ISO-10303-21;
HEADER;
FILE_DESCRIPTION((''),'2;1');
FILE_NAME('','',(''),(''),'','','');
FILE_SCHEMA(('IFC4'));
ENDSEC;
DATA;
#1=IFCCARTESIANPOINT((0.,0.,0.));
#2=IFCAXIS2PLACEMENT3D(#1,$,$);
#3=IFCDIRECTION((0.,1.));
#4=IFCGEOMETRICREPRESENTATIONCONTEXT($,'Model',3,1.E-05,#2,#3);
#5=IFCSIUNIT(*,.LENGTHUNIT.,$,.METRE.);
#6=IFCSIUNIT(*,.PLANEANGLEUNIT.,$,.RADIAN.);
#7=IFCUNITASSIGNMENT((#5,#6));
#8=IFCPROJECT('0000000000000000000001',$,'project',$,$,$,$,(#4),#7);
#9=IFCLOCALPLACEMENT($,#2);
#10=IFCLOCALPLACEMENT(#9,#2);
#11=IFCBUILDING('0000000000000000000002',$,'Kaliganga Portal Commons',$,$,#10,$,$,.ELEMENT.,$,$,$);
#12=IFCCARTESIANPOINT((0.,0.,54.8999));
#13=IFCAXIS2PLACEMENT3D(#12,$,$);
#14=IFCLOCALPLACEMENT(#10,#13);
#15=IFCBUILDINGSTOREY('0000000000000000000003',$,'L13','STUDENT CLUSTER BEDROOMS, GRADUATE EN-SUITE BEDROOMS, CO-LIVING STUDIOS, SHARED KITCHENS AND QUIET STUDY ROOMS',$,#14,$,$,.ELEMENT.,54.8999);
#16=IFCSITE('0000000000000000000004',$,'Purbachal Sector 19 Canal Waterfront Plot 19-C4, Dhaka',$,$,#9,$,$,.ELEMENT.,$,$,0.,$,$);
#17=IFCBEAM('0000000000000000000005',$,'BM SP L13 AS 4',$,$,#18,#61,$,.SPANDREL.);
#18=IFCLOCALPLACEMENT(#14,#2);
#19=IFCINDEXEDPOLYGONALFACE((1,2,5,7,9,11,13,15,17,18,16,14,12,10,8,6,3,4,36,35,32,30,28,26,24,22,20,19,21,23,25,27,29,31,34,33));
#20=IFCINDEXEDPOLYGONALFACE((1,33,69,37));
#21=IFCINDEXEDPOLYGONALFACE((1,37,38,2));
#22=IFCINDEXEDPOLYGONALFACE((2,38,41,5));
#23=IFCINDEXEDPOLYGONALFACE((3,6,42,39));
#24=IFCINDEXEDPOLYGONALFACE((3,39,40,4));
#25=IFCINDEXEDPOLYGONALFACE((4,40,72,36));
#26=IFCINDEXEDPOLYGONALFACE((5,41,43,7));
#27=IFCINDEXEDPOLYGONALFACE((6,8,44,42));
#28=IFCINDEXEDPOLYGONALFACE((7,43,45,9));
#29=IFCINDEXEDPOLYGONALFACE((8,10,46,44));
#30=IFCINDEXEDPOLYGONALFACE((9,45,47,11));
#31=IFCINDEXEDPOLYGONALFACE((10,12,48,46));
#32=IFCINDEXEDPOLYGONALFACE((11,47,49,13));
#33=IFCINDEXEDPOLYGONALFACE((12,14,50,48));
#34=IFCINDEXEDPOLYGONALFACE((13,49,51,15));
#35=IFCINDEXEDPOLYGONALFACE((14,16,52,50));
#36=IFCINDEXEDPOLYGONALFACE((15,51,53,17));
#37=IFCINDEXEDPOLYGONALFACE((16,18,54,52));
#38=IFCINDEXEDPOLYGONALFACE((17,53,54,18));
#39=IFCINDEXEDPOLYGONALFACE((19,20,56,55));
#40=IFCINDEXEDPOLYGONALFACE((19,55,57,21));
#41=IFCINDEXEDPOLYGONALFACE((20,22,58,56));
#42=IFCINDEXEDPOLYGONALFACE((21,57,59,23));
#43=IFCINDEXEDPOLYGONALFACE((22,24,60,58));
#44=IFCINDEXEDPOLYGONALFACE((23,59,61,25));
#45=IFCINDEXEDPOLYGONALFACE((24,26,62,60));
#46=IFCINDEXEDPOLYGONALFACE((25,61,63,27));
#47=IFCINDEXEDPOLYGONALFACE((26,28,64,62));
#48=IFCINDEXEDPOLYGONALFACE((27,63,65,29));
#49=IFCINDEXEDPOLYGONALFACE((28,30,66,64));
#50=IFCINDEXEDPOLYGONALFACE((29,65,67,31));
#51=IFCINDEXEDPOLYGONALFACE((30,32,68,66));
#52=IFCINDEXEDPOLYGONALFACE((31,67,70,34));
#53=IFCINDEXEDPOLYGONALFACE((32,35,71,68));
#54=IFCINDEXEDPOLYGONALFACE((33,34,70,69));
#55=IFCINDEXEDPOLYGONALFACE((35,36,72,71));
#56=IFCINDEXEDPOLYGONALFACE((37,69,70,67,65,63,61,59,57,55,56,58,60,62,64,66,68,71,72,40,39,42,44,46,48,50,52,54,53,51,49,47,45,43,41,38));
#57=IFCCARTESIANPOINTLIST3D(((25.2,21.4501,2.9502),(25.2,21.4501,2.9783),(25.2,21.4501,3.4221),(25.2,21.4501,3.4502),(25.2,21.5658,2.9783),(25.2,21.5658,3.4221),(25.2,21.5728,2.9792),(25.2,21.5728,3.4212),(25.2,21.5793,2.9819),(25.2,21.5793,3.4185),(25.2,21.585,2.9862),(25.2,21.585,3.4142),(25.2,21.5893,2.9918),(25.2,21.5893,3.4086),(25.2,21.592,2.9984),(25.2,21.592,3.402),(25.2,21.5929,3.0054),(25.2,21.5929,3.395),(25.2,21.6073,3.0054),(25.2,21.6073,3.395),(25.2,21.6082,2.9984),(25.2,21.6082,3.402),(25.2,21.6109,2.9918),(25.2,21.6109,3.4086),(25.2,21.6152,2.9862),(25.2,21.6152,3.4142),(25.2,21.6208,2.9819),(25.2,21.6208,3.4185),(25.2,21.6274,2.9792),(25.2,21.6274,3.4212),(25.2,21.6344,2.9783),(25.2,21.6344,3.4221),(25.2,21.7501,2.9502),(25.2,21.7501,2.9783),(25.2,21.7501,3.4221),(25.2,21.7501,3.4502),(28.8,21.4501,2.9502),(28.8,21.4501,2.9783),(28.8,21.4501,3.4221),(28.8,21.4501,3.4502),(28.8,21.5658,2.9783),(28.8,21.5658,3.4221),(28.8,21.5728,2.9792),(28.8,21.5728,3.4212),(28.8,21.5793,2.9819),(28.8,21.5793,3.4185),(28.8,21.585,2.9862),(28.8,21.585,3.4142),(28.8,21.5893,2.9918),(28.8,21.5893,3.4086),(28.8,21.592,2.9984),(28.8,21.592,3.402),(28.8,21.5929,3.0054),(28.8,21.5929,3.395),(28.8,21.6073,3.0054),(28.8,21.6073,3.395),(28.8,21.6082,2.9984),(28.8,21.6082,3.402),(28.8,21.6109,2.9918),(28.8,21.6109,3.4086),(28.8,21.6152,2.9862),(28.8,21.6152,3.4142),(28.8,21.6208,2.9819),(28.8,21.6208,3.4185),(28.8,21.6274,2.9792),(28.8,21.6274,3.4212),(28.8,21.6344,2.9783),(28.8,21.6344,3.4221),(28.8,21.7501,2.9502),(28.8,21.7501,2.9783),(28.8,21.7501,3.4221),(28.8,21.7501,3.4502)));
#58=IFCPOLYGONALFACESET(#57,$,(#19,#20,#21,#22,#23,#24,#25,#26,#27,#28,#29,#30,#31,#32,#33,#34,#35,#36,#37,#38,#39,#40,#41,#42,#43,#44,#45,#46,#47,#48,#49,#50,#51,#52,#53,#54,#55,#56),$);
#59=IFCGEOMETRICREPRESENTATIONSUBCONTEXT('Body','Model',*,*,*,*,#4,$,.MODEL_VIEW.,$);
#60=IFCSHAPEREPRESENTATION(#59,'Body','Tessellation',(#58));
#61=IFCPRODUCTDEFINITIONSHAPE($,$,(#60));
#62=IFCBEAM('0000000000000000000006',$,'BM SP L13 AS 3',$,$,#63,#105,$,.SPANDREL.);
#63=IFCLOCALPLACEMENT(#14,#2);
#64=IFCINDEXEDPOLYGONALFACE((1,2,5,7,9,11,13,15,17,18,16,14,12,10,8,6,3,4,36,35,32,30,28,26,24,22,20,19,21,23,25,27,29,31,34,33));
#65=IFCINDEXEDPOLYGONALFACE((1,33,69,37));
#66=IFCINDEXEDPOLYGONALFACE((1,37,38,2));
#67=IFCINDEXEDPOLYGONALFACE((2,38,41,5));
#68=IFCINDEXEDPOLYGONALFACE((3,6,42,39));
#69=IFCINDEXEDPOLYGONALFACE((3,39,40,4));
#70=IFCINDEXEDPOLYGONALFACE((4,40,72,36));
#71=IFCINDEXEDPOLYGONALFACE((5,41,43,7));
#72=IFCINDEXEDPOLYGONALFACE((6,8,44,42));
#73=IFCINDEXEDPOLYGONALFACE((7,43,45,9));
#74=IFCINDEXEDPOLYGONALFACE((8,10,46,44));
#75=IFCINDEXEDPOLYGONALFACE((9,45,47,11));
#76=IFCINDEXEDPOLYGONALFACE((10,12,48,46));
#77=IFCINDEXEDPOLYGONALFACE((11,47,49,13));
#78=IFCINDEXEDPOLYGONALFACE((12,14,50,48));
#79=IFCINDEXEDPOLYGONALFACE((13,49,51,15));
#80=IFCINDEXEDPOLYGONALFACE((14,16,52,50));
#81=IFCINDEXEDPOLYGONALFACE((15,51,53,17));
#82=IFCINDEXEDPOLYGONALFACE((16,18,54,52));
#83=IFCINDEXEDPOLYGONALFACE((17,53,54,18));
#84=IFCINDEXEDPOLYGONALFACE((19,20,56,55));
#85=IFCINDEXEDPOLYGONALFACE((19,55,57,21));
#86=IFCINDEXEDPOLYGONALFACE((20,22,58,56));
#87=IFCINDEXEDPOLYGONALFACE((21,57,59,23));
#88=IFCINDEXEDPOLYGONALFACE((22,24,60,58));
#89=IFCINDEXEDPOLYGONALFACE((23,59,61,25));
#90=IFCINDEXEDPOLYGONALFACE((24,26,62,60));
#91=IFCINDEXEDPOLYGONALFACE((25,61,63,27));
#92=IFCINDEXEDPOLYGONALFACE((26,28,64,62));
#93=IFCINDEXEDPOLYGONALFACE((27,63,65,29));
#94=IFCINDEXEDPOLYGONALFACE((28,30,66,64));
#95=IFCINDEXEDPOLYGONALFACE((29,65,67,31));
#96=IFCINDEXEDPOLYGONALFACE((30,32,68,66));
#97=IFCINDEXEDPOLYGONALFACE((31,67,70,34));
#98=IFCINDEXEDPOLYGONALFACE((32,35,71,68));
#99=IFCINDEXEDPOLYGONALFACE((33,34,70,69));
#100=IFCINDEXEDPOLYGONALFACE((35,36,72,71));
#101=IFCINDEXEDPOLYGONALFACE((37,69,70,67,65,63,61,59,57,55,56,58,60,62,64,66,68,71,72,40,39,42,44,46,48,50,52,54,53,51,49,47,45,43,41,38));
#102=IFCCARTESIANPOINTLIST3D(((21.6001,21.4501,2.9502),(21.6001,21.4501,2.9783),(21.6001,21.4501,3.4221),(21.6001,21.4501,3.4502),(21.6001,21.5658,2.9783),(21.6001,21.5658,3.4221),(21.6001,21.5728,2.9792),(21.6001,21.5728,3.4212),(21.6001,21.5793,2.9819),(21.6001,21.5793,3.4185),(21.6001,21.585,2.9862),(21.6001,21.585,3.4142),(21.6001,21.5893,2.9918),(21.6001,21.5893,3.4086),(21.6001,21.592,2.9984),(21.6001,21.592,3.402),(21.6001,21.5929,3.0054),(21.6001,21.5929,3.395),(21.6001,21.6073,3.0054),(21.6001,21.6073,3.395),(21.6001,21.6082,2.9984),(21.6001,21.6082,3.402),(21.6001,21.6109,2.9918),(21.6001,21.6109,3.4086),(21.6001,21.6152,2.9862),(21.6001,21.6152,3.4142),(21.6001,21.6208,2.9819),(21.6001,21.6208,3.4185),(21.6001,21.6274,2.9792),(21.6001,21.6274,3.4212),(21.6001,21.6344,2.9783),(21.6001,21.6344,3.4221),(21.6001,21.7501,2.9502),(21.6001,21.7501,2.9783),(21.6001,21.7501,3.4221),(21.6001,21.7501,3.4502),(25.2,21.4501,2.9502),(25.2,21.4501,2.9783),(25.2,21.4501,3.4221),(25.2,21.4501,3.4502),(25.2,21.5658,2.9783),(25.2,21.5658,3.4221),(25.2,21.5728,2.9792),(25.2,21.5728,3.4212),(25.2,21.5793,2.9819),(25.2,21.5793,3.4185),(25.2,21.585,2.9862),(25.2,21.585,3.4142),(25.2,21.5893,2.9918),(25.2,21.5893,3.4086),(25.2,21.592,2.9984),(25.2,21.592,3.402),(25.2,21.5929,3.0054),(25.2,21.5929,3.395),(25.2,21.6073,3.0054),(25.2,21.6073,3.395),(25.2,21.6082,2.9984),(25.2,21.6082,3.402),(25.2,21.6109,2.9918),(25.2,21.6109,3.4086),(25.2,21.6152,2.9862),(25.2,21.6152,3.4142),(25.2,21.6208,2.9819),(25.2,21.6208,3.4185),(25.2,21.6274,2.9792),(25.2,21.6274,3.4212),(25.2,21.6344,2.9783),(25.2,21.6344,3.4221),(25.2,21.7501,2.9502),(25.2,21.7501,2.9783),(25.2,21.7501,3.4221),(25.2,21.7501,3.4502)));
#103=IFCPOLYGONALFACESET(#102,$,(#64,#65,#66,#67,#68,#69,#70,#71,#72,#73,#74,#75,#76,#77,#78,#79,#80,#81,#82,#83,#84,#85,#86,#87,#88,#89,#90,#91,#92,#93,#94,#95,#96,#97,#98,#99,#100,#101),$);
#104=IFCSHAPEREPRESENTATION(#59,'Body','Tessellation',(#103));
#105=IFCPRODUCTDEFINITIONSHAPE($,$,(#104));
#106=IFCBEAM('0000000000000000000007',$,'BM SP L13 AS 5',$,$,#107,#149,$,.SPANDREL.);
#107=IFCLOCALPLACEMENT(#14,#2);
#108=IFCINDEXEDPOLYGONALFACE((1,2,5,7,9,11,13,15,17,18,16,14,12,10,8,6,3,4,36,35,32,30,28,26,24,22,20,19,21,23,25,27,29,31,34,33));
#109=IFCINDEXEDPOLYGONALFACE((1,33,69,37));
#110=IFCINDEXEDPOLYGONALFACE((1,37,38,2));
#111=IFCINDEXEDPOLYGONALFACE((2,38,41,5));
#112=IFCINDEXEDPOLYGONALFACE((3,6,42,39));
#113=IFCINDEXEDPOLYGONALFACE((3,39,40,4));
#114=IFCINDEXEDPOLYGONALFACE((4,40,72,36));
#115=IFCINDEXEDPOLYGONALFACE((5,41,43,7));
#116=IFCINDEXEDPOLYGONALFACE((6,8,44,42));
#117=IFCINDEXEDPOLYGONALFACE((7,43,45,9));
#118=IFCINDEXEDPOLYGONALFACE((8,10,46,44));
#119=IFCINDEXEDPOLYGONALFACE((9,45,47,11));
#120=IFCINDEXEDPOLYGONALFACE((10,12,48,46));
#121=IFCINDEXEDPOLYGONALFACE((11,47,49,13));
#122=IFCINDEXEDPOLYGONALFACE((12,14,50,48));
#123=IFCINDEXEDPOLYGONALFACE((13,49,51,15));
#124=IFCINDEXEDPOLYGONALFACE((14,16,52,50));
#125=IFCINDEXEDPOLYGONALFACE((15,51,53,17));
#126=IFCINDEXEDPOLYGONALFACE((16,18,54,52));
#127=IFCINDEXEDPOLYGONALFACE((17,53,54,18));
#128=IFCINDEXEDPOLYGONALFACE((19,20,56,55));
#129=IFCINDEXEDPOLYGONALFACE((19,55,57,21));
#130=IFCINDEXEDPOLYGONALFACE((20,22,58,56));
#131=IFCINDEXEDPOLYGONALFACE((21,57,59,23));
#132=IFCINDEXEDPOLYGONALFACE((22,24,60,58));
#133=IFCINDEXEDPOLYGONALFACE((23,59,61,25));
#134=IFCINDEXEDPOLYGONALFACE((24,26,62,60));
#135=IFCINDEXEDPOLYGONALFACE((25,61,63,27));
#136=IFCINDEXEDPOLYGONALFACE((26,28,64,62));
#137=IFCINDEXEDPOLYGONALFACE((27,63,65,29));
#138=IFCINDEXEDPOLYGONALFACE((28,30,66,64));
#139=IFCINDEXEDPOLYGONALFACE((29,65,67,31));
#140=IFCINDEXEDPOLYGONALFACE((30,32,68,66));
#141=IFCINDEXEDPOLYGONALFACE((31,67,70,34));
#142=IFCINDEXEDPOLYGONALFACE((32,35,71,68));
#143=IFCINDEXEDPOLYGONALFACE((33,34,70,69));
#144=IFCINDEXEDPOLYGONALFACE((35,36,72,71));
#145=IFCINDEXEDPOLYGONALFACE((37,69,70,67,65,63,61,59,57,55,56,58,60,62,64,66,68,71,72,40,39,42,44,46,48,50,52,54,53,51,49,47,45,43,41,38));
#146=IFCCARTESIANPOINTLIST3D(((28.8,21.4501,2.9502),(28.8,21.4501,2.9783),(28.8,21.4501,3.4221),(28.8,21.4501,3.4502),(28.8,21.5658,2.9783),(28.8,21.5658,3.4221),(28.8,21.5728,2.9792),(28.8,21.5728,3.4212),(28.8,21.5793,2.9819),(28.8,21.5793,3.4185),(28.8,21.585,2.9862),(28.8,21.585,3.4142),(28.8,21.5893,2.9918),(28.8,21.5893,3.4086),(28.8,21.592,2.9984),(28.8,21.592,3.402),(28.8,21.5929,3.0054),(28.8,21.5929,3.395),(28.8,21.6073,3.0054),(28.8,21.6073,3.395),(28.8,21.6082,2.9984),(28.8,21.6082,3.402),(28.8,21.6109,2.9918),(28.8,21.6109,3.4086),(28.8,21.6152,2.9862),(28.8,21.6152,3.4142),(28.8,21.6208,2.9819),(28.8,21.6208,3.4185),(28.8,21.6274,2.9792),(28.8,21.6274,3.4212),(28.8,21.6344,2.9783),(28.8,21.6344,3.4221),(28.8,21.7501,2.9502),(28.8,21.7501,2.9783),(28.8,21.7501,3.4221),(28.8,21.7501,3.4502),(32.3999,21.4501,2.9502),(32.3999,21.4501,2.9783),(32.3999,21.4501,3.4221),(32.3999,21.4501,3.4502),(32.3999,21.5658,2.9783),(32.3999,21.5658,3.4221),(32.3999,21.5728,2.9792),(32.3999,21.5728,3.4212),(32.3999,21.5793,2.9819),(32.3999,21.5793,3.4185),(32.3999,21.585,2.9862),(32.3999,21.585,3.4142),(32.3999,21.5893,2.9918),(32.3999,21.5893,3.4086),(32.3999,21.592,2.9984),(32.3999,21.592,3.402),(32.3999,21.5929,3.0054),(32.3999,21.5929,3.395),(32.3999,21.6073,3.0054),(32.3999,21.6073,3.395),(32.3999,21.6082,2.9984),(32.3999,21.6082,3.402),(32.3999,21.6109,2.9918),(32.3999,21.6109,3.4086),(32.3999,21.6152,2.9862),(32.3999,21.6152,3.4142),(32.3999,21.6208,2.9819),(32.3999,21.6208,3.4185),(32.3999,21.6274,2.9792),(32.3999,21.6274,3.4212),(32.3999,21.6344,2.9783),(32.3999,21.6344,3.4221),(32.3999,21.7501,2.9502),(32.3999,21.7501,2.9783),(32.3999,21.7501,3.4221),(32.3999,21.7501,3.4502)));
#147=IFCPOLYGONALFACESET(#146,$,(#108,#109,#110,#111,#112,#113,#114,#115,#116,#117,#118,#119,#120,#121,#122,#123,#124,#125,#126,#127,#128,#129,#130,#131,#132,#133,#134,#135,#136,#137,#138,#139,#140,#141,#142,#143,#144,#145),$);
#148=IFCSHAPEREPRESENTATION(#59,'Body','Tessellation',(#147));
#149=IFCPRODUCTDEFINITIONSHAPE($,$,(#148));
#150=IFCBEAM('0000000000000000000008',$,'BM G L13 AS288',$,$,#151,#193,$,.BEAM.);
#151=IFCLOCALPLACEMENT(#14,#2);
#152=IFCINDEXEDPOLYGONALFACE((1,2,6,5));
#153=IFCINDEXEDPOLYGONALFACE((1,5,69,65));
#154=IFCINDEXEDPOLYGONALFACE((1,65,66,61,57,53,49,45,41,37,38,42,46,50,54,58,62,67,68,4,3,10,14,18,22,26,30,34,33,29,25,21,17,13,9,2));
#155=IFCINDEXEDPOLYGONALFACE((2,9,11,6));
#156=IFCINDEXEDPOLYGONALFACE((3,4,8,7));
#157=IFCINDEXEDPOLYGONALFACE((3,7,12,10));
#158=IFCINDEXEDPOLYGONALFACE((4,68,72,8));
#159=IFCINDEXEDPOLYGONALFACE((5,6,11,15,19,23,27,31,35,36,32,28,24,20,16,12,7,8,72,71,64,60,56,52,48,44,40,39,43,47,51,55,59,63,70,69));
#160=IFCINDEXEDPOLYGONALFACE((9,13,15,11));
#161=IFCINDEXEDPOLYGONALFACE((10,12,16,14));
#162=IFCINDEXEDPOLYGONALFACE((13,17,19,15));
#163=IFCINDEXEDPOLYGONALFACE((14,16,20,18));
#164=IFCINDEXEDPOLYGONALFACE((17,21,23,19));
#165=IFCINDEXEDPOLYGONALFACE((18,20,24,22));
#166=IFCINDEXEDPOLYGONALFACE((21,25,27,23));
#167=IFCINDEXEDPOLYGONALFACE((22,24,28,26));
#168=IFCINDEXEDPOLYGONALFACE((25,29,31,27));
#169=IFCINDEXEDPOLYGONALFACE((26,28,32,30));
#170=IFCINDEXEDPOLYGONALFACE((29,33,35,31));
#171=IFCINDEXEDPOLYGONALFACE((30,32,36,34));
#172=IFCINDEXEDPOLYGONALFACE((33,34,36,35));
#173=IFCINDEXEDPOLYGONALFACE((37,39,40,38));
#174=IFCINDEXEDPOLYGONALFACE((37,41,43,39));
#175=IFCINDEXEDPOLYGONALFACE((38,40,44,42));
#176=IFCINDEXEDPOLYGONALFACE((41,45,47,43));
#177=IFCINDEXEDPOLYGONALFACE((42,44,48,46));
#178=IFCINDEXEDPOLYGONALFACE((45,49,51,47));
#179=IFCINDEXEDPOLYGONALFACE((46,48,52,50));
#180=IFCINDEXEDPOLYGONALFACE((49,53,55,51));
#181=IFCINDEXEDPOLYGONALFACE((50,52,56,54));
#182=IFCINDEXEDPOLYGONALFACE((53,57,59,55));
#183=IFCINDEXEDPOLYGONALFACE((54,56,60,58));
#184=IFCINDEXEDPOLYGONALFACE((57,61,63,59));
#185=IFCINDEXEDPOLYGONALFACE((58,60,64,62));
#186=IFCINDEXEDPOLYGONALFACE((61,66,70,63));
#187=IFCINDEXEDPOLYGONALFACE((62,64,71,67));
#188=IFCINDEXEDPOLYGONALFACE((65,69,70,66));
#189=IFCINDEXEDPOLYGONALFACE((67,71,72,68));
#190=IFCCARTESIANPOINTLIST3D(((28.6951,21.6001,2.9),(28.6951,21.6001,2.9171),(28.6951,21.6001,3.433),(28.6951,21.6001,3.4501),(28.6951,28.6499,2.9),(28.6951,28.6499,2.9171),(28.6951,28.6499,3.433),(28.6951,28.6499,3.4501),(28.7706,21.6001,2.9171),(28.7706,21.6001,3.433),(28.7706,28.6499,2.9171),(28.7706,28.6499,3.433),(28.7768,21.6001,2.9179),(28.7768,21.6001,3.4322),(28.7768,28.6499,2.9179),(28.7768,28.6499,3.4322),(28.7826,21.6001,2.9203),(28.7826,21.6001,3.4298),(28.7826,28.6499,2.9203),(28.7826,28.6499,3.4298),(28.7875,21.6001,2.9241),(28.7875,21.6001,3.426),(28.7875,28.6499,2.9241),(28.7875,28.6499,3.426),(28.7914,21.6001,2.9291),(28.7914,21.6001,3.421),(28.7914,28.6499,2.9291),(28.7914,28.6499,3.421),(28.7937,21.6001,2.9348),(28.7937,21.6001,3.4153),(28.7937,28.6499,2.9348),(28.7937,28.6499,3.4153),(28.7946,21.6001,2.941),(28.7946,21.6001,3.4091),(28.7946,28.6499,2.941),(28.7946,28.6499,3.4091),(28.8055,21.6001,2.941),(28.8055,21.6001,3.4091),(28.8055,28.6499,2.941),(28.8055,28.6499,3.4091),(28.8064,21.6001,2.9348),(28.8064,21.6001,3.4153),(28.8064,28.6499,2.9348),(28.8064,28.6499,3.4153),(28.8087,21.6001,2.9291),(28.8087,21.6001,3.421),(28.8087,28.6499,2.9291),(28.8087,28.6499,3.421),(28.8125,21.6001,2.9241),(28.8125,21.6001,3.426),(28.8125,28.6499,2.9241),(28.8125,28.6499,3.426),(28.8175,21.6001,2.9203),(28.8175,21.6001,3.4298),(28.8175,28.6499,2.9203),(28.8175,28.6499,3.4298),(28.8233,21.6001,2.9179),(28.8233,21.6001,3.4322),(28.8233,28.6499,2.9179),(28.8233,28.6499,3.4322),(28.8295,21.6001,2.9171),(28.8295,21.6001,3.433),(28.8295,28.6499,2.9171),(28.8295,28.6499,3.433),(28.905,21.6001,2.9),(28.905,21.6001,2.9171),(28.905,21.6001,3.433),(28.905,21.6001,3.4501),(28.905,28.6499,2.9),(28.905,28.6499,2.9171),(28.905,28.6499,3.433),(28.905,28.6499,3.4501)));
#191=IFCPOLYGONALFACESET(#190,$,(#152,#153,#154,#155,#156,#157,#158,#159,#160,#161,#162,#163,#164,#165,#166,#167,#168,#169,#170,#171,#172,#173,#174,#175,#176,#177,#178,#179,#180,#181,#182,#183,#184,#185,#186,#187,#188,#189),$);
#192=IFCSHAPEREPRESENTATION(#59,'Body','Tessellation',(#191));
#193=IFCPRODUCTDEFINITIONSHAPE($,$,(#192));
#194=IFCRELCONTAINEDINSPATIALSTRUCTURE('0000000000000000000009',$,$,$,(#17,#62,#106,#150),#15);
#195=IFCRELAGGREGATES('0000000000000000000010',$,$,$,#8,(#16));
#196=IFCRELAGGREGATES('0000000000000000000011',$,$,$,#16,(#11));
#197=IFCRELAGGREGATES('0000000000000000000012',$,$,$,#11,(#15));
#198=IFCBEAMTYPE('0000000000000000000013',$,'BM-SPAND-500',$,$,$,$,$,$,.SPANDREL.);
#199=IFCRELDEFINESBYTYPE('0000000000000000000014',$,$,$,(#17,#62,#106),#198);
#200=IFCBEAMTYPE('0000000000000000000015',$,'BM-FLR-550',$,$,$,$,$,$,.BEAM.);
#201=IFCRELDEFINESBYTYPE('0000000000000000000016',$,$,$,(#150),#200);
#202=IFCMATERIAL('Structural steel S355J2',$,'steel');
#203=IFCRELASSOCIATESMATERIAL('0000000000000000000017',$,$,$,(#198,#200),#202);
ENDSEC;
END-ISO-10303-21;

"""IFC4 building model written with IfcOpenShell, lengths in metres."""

from ifc_helpers import new_model, si_unit, direction, frame, origin, origin_2d, place, context, subcontext, project, spatial, i_section, extrude, source, transform, mapped, material, material_profile, profile_set, type_object, element, save


model = new_model("IFC4")

# Units and contexts
model_context = context("Model", 3, precision=1e-05, world=origin(), true_north=direction((0.0, 1.0)))
body_context = subcontext(model_context, "Body", "Model", "MODEL_VIEW")
ifc_project = project(units=[si_unit("LENGTHUNIT", "METRE"), si_unit("PLANEANGLEUNIT", "RADIAN")], contexts=[model_context])

# Site, building, storey
site_placement = place(None, origin())
site = spatial("IfcSite", under=ifc_project, at=site_placement, Name="Purbachal Sector 19 Canal Waterfront Plot 19-C4, Dhaka", CompositionType="ELEMENT", RefElevation=0.0)
building_placement = place(site_placement, origin())
building = spatial("IfcBuilding", under=site, at=building_placement, Name="Kaliganga Portal Commons", CompositionType="ELEMENT")
storey_placement = place(building_placement, frame((0.0, 0.0, 54.8999)))
storey = spatial("IfcBuildingStorey", under=building, at=storey_placement, Name="L13", Description="STUDENT CLUSTER BEDROOMS, GRADUATE EN-SUITE BEDROOMS, CO-LIVING STUDIOS, SHARED KITCHENS AND QUIET STUDY ROOMS", CompositionType="ELEMENT", Elevation=54.8999)

# Beams
ifc_material_1 = material(Name="Structural steel S355J2", Category="steel")
ifc_material_profile_1 = material_profile(ifc_material_1, i_section(OverallWidth=0.3, OverallDepth=0.5, WebThickness=0.0144, FlangeThickness=0.0281, FilletRadius=0.0271, at=origin_2d()), Name="HE 500 B")
ifc_profile_set_1 = profile_set([ifc_material_profile_1], Name="Structural steel S355J2 wide-flange")
beam_type_1 = type_object("IfcBeamType", Name="BM-SPAND-500", PredefinedType="SPANDREL", material=ifc_profile_set_1)
shared_shape_1 = source(origin(), body_context, "Body", "SweptSolid", [
    extrude(i_section(OverallWidth=0.3, OverallDepth=0.5, WebThickness=0.0144, FlangeThickness=0.0281, FilletRadius=0.0271, at=origin_2d()), origin(), (0.0, 0.0, 1.0), 3.6001),
])
for number, where, z_axis, x_axis, name in (
    (1, (25.2, 21.6001, 3.2002), (1.0, 0.0, 0.0), (0.0, 1.0, 0.0), "BM SP L13 AS 4"),
):
    element("IfcBeam", number, at=place(storey_placement, frame(where, z_axis=z_axis, x_axis=x_axis)), inside=storey, type_object=beam_type_1, Name=name, PredefinedType="SPANDREL", context=body_context, shape_type="MappedRepresentation", body=[
        mapped(shared_shape_1, transform((0.0, 0.0, 0.0), x_axis=(1.0, 0.0, 0.0), y_axis=(0.0, 1.0, 0.0), z_axis=(0.0, 0.0, 1.0), scale=1.0)),
    ])
shared_shape_2 = source(origin(), body_context, "Body", "SweptSolid", [
    extrude(i_section(OverallWidth=0.3, OverallDepth=0.5, WebThickness=0.0144, FlangeThickness=0.0281, FilletRadius=0.0271, at=origin_2d()), origin(), (0.0, 0.0, 1.0), 3.5999),
])
for number, where, z_axis, x_axis, name in (
    (2, (21.6001, 21.6001, 3.2002), (1.0, 0.0, 0.0), (0.0, 1.0, 0.0), "BM SP L13 AS 3"),
    (3, (28.8, 21.6001, 3.2002), (1.0, 0.0, 0.0), (0.0, 1.0, 0.0), "BM SP L13 AS 5"),
):
    element("IfcBeam", number, at=place(storey_placement, frame(where, z_axis=z_axis, x_axis=x_axis)), inside=storey, type_object=beam_type_1, Name=name, PredefinedType="SPANDREL", context=body_context, shape_type="MappedRepresentation", body=[
        mapped(shared_shape_2, transform((0.0, 0.0, 0.0), x_axis=(1.0, 0.0, 0.0), y_axis=(0.0, 1.0, 0.0), z_axis=(0.0, 0.0, 1.0), scale=1.0)),
    ])
ifc_material_profile_2 = material_profile(ifc_material_1, i_section(OverallWidth=0.21, OverallDepth=0.55, WebThickness=0.011, FlangeThickness=0.0171, FilletRadius=0.0239, at=origin_2d()), Name="IPE 550")
ifc_profile_set_2 = profile_set([ifc_material_profile_2], Name="Structural steel S355J2 wide-flange")
beam_type_2 = type_object("IfcBeamType", Name="BM-FLR-550", PredefinedType="BEAM", material=ifc_profile_set_2)
shared_shape_3 = source(origin(), body_context, "Body", "SweptSolid", [
    extrude(i_section(OverallWidth=0.21, OverallDepth=0.55, WebThickness=0.011, FlangeThickness=0.0171, FilletRadius=0.0239, at=origin_2d()), origin(), (0.0, 0.0, 1.0), 7.0498),
])
beam_1_placement = place(storey_placement, frame((28.8, 21.6001, 3.175), z_axis=(0.0, 1.0, 0.0), x_axis=(-1.0, 0.0, 0.0)))
element("IfcBeam", 4, at=beam_1_placement, inside=storey, type_object=beam_type_2, Name="BM G L13 AS288", PredefinedType="BEAM", context=body_context, shape_type="MappedRepresentation", body=[
    mapped(shared_shape_3, transform((0.0, 0.0, 0.0), x_axis=(1.0, 0.0, 0.0), y_axis=(0.0, 1.0, 0.0), z_axis=(0.0, 0.0, 1.0), scale=1.0)),
])

save(model, "model.ifc")
